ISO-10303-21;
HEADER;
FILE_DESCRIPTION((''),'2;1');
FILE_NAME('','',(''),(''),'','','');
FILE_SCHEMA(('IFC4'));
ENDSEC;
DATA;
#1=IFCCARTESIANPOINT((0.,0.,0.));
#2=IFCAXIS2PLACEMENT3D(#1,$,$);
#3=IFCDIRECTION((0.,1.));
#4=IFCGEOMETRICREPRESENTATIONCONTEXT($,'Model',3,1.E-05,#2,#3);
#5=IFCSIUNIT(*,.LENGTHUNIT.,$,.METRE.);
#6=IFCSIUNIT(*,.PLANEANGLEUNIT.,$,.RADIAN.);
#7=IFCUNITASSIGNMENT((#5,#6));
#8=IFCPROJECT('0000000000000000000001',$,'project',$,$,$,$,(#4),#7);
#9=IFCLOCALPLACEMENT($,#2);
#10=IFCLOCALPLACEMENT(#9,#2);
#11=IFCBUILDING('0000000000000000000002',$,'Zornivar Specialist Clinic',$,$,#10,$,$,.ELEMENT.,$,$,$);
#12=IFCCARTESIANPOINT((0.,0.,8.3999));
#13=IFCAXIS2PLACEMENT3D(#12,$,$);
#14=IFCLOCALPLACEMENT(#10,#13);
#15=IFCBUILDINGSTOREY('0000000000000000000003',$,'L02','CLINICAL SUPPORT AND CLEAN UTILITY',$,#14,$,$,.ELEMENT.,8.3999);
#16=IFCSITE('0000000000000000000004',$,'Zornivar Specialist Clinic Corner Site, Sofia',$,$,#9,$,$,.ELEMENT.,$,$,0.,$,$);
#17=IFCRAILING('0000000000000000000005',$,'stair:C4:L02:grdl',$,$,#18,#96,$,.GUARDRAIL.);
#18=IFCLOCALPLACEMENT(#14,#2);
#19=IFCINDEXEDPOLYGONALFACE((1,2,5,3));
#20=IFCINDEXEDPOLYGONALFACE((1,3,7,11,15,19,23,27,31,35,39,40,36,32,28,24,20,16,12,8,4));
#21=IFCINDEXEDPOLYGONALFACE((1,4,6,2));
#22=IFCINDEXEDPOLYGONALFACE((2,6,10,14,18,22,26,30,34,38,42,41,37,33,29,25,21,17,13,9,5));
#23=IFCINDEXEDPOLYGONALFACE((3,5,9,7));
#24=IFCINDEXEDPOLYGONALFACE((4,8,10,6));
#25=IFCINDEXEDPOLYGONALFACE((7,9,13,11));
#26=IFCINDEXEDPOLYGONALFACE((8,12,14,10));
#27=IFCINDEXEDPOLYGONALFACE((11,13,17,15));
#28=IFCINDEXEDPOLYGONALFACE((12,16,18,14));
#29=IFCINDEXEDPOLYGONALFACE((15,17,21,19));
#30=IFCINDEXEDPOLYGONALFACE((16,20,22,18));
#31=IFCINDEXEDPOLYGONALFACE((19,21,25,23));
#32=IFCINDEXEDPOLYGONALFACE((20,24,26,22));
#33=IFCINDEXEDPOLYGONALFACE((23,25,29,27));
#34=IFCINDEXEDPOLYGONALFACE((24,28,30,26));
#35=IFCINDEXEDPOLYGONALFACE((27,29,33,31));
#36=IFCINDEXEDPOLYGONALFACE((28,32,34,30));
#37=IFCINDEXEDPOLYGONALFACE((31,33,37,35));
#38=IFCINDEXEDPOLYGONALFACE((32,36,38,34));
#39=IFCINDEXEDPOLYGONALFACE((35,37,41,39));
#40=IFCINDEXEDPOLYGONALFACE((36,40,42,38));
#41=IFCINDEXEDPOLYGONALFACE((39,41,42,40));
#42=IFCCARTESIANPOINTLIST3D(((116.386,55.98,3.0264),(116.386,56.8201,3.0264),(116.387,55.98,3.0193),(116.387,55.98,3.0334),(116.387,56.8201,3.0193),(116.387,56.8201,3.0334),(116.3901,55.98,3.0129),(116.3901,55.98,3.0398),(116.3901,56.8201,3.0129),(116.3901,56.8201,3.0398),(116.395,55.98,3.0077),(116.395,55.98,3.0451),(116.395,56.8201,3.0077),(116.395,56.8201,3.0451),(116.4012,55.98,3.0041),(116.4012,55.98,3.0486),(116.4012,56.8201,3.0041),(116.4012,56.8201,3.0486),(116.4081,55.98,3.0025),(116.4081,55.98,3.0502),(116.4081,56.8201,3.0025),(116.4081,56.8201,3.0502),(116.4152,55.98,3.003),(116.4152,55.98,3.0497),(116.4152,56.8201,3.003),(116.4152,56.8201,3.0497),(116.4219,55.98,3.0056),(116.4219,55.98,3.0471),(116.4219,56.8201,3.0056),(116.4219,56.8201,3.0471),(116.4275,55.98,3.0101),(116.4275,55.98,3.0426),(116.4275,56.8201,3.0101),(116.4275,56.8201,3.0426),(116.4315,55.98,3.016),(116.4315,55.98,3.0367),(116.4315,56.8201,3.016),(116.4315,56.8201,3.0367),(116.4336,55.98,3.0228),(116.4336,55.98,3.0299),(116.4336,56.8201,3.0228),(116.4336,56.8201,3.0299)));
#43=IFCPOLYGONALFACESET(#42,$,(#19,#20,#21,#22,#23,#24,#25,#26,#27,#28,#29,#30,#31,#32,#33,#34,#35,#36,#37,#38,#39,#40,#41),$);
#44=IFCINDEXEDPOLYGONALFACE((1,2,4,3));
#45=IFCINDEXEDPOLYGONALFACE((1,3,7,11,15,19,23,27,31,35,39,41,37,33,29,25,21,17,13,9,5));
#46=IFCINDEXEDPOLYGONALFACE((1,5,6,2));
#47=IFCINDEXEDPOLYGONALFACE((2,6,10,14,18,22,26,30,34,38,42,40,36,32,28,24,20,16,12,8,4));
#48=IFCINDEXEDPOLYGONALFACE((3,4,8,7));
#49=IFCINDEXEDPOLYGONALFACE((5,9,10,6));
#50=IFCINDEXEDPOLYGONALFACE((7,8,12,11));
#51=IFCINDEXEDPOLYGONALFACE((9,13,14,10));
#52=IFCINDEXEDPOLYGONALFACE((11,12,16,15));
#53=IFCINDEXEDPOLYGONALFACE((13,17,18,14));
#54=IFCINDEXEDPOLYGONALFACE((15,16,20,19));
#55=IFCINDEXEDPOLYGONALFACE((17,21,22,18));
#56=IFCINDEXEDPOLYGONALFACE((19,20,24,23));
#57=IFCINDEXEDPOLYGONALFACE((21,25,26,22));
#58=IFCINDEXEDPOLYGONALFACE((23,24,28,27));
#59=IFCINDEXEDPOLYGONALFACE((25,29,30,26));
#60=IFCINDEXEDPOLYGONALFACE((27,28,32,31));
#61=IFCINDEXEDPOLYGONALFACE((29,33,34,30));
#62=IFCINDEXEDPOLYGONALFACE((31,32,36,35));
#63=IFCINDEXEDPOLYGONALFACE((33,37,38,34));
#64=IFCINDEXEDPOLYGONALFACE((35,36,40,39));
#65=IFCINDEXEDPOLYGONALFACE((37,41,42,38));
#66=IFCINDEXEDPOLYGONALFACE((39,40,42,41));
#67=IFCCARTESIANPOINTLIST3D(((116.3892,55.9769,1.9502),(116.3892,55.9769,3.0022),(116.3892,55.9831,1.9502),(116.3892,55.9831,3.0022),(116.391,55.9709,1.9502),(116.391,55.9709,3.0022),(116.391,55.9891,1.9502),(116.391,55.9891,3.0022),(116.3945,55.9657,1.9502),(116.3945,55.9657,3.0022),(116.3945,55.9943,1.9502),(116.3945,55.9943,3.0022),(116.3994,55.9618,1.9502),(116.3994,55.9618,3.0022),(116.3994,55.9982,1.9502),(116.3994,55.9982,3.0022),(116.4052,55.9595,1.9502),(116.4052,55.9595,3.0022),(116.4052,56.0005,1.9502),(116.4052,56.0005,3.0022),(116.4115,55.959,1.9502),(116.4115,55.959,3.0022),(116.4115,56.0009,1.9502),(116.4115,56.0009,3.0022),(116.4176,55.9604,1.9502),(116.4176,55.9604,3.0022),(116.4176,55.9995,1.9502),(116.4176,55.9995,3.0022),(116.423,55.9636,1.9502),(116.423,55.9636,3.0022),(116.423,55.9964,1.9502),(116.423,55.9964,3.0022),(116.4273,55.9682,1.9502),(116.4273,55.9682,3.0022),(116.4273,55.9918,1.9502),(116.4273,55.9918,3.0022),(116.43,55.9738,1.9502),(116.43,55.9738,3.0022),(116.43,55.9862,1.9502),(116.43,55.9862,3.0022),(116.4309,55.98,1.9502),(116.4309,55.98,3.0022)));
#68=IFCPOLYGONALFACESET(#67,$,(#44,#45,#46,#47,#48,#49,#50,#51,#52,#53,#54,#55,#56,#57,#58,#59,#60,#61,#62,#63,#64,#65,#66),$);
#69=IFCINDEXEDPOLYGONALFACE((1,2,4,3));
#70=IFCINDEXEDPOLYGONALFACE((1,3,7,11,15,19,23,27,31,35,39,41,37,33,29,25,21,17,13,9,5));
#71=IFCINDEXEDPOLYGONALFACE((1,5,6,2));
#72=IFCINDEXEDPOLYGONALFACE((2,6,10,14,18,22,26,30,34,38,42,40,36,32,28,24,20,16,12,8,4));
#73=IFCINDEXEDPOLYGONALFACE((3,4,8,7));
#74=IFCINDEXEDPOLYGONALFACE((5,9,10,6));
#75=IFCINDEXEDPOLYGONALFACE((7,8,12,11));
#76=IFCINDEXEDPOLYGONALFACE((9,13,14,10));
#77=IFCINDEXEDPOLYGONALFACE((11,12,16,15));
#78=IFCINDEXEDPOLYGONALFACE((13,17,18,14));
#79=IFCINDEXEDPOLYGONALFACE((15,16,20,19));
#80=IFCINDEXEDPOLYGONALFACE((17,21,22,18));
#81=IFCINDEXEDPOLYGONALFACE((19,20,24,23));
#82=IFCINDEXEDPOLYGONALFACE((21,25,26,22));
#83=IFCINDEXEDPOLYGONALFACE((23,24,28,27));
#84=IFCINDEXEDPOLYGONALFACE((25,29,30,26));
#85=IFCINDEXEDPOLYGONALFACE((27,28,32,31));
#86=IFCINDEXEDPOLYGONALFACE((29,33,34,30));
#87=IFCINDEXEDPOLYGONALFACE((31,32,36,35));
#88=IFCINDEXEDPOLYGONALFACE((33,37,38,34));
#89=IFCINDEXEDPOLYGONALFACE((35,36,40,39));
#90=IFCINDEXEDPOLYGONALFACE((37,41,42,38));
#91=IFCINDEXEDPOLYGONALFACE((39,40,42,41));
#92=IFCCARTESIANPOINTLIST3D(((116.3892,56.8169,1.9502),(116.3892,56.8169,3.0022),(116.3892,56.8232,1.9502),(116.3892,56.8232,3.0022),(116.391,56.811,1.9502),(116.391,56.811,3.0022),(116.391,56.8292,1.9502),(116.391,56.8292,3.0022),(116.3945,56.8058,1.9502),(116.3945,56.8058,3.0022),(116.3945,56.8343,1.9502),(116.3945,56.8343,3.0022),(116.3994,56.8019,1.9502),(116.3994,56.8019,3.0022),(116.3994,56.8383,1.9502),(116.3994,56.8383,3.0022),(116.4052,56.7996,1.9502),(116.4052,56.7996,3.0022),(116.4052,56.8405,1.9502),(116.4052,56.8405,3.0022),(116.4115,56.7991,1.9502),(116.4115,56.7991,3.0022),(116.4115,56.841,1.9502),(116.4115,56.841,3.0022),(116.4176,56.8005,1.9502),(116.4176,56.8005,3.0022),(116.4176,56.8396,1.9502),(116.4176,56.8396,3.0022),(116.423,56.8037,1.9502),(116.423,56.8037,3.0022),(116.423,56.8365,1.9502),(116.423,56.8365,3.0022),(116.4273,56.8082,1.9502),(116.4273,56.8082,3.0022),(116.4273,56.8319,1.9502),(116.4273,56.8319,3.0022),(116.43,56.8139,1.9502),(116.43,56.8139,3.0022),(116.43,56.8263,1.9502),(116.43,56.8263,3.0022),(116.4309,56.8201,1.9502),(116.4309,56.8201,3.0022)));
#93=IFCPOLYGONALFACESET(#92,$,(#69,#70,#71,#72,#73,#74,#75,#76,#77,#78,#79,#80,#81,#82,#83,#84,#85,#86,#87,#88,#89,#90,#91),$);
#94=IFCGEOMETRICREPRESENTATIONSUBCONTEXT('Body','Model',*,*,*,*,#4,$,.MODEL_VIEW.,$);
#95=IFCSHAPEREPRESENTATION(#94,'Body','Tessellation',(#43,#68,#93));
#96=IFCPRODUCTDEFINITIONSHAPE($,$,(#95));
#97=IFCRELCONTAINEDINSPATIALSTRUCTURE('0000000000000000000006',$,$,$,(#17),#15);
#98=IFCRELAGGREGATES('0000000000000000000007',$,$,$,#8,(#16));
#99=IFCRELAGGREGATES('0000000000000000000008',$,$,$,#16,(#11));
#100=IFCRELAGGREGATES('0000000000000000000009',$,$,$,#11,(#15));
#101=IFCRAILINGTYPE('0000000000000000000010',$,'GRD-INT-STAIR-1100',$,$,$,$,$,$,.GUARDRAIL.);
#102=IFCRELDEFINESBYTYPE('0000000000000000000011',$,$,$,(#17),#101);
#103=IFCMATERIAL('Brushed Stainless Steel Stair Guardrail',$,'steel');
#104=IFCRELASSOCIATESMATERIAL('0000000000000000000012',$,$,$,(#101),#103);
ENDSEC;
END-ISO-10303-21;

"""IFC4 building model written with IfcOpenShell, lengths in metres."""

from ifc_helpers import new_model, si_unit, direction, frame, origin, origin_2d, place, context, subcontext, project, spatial, circle, extrude, material, type_object, element, save


model = new_model("IFC4")

# Units and contexts
model_context = context("Model", 3, precision=1e-05, world=origin(), true_north=direction((0.0, 1.0)))
body_context = subcontext(model_context, "Body", "Model", "MODEL_VIEW")
ifc_project = project(units=[si_unit("LENGTHUNIT", "METRE"), si_unit("PLANEANGLEUNIT", "RADIAN")], contexts=[model_context])

# Site, building, storey
site_placement = place(None, origin())
site = spatial("IfcSite", under=ifc_project, at=site_placement, Name="Zornivar Specialist Clinic Corner Site, Sofia", CompositionType="ELEMENT", RefElevation=0.0)
building_placement = place(site_placement, origin())
building = spatial("IfcBuilding", under=site, at=building_placement, Name="Zornivar Specialist Clinic", CompositionType="ELEMENT")
storey_placement = place(building_placement, frame((0.0, 0.0, 8.3999)))
storey = spatial("IfcBuildingStorey", under=building, at=storey_placement, Name="L02", Description="CLINICAL SUPPORT AND CLEAN UTILITY", CompositionType="ELEMENT", Elevation=8.3999)

# Railing
ifc_material_1 = material(Name="Brushed Stainless Steel Stair Guardrail", Category="steel")
railing_type_1 = type_object("IfcRailingType", Name="GRD-INT-STAIR-1100", PredefinedType="GUARDRAIL", material=ifc_material_1)
railing_1_placement = place(storey_placement, frame((116.4099, 55.98, 1.9502)))
element("IfcRailing", 1, at=railing_1_placement, inside=storey, type_object=railing_type_1, Name="stair:C4:L02:grdl", PredefinedType="GUARDRAIL", context=body_context, shape_type="SweptSolid", body=[
    extrude(circle(Radius=0.0239, at=origin_2d()), frame((0.0, 0.0, 1.0762), z_axis=(0.0, 1.0, 0.0), x_axis=(-1.0, 0.0, 0.0)), (0.0, 0.0, 1.0), 0.8401),
    extrude(circle(Radius=0.021, at=origin_2d()), origin(), (0.0, 0.0, 1.0), 1.052),
    extrude(circle(Radius=0.021, at=origin_2d()), frame((0.0, 0.8401, 0.0)), (0.0, 0.0, 1.0), 1.052),
])

save(model, "model.ifc")
